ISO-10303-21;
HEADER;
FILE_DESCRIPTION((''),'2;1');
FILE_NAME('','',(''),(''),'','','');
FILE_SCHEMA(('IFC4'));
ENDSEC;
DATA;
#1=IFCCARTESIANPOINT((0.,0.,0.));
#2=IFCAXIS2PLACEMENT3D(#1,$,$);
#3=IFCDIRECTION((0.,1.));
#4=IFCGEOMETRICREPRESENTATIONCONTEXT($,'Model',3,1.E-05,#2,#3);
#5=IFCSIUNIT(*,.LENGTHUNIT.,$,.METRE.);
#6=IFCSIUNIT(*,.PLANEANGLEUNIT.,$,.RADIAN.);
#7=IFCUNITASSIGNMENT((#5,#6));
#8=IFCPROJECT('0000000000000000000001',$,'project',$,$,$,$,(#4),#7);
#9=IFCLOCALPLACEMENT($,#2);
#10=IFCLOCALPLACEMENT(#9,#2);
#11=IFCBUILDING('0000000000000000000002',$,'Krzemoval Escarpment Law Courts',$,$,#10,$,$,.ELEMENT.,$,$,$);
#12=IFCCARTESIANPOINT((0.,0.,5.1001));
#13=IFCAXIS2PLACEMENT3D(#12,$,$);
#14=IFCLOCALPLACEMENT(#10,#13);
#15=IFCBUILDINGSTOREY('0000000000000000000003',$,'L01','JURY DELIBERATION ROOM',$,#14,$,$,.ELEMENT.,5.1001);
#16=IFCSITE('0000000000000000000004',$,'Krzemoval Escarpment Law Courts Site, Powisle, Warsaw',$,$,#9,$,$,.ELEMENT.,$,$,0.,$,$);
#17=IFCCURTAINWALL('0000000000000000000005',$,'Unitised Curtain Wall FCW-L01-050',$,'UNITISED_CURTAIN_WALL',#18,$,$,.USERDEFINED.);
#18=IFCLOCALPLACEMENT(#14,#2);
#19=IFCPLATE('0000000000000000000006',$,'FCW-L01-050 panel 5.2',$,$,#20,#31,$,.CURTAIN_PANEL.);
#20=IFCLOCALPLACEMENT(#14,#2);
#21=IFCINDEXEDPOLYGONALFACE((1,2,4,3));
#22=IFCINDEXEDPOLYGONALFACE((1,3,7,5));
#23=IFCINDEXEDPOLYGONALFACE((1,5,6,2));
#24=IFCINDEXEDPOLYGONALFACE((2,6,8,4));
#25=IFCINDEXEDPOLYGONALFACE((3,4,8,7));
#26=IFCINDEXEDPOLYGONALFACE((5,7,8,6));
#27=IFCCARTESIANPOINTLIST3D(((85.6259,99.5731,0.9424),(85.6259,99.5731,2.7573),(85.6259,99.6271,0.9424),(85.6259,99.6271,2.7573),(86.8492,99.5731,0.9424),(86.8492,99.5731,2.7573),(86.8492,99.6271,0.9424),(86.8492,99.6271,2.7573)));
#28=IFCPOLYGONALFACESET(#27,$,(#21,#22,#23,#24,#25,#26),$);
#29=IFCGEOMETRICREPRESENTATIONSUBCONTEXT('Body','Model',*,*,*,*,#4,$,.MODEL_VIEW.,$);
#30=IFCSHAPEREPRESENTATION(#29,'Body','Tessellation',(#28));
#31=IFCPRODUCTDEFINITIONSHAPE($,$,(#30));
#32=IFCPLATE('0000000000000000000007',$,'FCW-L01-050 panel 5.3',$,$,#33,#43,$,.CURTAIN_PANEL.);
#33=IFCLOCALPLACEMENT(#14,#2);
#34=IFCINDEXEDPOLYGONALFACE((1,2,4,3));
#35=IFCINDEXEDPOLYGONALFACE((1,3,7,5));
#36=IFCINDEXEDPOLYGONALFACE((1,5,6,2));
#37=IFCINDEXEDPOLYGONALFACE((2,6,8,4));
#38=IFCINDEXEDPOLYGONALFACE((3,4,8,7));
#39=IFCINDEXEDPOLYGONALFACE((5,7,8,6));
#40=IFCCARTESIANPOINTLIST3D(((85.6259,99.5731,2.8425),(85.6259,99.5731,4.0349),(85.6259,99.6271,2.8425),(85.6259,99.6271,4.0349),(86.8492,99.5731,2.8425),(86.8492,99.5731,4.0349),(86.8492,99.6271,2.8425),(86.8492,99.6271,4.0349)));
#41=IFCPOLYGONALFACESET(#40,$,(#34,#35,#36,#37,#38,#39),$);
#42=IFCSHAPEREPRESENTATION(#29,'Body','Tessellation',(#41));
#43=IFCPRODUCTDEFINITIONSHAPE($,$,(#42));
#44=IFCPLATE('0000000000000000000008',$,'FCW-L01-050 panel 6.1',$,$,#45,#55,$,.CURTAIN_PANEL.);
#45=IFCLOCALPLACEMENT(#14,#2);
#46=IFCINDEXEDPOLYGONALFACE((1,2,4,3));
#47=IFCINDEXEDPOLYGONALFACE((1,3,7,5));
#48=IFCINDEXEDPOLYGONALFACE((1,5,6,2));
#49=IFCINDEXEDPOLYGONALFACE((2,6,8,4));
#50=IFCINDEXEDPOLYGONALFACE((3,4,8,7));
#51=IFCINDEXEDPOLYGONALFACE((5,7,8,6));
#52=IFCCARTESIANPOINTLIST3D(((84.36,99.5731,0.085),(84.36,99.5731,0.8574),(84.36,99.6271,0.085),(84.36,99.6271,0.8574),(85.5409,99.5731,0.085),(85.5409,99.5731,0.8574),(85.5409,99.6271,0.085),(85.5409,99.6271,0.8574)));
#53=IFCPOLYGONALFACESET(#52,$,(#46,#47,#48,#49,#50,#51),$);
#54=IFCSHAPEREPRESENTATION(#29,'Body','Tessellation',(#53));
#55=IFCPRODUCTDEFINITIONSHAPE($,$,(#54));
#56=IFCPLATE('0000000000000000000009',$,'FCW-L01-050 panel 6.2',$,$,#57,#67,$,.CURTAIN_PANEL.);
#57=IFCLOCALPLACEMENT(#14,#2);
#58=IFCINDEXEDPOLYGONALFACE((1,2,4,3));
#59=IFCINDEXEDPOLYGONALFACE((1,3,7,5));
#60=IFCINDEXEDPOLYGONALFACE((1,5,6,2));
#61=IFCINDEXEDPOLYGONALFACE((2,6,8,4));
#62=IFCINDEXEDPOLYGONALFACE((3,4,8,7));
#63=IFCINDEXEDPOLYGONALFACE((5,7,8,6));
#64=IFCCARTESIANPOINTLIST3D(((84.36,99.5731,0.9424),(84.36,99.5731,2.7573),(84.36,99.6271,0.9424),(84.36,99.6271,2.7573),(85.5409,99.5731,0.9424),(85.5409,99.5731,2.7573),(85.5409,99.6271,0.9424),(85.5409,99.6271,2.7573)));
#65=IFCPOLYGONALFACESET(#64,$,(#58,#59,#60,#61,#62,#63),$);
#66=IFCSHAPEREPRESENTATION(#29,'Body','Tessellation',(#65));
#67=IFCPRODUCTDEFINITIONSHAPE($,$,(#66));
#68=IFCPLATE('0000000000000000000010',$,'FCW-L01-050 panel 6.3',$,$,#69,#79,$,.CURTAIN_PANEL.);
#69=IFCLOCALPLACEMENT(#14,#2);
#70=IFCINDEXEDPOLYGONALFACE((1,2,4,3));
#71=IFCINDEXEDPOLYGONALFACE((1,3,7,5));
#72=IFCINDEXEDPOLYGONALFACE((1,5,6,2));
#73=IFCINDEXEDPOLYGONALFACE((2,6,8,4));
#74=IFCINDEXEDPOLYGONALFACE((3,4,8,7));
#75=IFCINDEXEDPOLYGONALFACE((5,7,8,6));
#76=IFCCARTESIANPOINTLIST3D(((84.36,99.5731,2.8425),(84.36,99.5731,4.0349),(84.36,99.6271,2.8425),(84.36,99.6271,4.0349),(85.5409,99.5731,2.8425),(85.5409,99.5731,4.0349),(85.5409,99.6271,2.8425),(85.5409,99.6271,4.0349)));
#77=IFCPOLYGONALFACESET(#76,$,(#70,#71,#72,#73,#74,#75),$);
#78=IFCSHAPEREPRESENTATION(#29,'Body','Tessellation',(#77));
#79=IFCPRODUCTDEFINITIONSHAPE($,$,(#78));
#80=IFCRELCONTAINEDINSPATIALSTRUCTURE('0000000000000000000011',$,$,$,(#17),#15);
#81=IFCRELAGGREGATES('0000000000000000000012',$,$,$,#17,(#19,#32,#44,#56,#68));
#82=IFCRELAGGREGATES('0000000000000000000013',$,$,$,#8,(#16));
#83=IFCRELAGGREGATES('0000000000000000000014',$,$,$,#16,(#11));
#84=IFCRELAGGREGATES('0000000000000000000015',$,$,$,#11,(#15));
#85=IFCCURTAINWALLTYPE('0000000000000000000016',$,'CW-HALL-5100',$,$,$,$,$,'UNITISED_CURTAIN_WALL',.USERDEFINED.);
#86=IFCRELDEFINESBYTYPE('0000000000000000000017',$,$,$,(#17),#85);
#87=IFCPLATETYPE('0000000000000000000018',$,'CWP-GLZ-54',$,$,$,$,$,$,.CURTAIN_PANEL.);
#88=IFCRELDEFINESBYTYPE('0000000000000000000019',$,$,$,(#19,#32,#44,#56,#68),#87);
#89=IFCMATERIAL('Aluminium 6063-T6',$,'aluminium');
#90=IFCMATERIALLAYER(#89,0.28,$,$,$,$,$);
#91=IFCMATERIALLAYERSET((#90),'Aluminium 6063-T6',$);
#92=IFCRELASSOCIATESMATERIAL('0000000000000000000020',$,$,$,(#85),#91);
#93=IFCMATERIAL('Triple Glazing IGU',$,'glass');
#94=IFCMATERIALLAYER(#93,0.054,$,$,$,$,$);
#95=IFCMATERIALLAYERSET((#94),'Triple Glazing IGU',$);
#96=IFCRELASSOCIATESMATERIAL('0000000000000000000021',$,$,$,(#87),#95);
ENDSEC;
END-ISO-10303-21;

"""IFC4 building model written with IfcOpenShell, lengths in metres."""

from ifc_helpers import new_model, si_unit, direction, frame, origin, origin_2d, place, context, subcontext, project, spatial, rectangle, extrude, material, layer, layer_set, type_object, element, aggregate, save


model = new_model("IFC4")

# Units and contexts
model_context = context("Model", 3, precision=1e-05, world=origin(), true_north=direction((0.0, 1.0)))
body_context = subcontext(model_context, "Body", "Model", "MODEL_VIEW")
ifc_project = project(units=[si_unit("LENGTHUNIT", "METRE"), si_unit("PLANEANGLEUNIT", "RADIAN")], contexts=[model_context])

# Site, building, storey
site_placement = place(None, origin())
site = spatial("IfcSite", under=ifc_project, at=site_placement, Name="Krzemoval Escarpment Law Courts Site, Powisle, Warsaw", CompositionType="ELEMENT", RefElevation=0.0)
building_placement = place(site_placement, origin())
building = spatial("IfcBuilding", under=site, at=building_placement, Name="Krzemoval Escarpment Law Courts", CompositionType="ELEMENT")
storey_placement = place(building_placement, frame((0.0, 0.0, 5.1001)))
storey = spatial("IfcBuildingStorey", under=building, at=storey_placement, Name="L01", Description="JURY DELIBERATION ROOM", CompositionType="ELEMENT", Elevation=5.1001)

# Curtain wall
ifc_material_1 = material(Name="Aluminium 6063-T6", Category="aluminium")
ifc_layer_1 = layer(ifc_material_1, 0.28)
ifc_layer_set_1 = layer_set([ifc_layer_1], Name="Aluminium 6063-T6")
curtain_wall_type = type_object("IfcCurtainWallType", Name="CW-HALL-5100", ElementType="UNITISED_CURTAIN_WALL", PredefinedType="USERDEFINED", material=ifc_layer_set_1)
curtain_wall_placement = place(storey_placement, origin())
curtain_wall = element("IfcCurtainWall", 1, at=curtain_wall_placement, inside=storey, type_object=curtain_wall_type, Name="Unitised Curtain Wall FCW-L01-050", ObjectType="UNITISED_CURTAIN_WALL", PredefinedType="USERDEFINED")

# Plates
ifc_material_2 = material(Name="Triple Glazing IGU", Category="glass")
ifc_layer_2 = layer(ifc_material_2, 0.054)
ifc_layer_set_2 = layer_set([ifc_layer_2], Name="Triple Glazing IGU")
plate_type = type_object("IfcPlateType", Name="CWP-GLZ-54", PredefinedType="CURTAIN_PANEL", material=ifc_layer_set_2)
plate_1_placement = place(storey_placement, frame((86.2375, 99.6001, 0.9424), z_axis=(0.0, 0.0, 1.0), x_axis=(-1.0, 0.0, 0.0)))
plate_1 = element("IfcPlate", 2, at=plate_1_placement, type_object=plate_type, Name="FCW-L01-050 panel 5.2", PredefinedType="CURTAIN_PANEL", context=body_context, shape_type="SweptSolid", body=[
    extrude(rectangle(XDim=1.2234, YDim=0.054, at=origin_2d()), origin(), (0.0, 0.0, 1.0), 1.8149),
])
plate_2_placement = place(storey_placement, frame((86.2375, 99.6001, 2.8425), z_axis=(0.0, 0.0, 1.0), x_axis=(-1.0, 0.0, 0.0)))
plate_2 = element("IfcPlate", 3, at=plate_2_placement, type_object=plate_type, Name="FCW-L01-050 panel 5.3", PredefinedType="CURTAIN_PANEL", context=body_context, shape_type="SweptSolid", body=[
    extrude(rectangle(XDim=1.2234, YDim=0.054, at=origin_2d()), origin(), (0.0, 0.0, 1.0), 1.1924),
])
plate_3_placement = place(storey_placement, frame((84.9504, 99.6001, 0.085), z_axis=(0.0, 0.0, 1.0), x_axis=(-1.0, 0.0, 0.0)))
plate_3 = element("IfcPlate", 4, at=plate_3_placement, type_object=plate_type, Name="FCW-L01-050 panel 6.1", PredefinedType="CURTAIN_PANEL", context=body_context, shape_type="SweptSolid", body=[
    extrude(rectangle(XDim=1.1809, YDim=0.054, at=origin_2d()), origin(), (0.0, 0.0, 1.0), 0.7725),
])
plate_4_placement = place(storey_placement, frame((84.9504, 99.6001, 0.9424), z_axis=(0.0, 0.0, 1.0), x_axis=(-1.0, 0.0, 0.0)))
plate_4 = element("IfcPlate", 5, at=plate_4_placement, type_object=plate_type, Name="FCW-L01-050 panel 6.2", PredefinedType="CURTAIN_PANEL", context=body_context, shape_type="SweptSolid", body=[
    extrude(rectangle(XDim=1.1809, YDim=0.054, at=origin_2d()), origin(), (0.0, 0.0, 1.0), 1.8149),
])
plate_5_placement = place(storey_placement, frame((84.9504, 99.6001, 2.8425), z_axis=(0.0, 0.0, 1.0), x_axis=(-1.0, 0.0, 0.0)))
plate_5 = element("IfcPlate", 6, at=plate_5_placement, type_object=plate_type, Name="FCW-L01-050 panel 6.3", PredefinedType="CURTAIN_PANEL", context=body_context, shape_type="SweptSolid", body=[
    extrude(rectangle(XDim=1.1809, YDim=0.054, at=origin_2d()), origin(), (0.0, 0.0, 1.0), 1.1924),
])
aggregate(curtain_wall, [plate_1, plate_2, plate_3, plate_4, plate_5])

save(model, "model.ifc")
